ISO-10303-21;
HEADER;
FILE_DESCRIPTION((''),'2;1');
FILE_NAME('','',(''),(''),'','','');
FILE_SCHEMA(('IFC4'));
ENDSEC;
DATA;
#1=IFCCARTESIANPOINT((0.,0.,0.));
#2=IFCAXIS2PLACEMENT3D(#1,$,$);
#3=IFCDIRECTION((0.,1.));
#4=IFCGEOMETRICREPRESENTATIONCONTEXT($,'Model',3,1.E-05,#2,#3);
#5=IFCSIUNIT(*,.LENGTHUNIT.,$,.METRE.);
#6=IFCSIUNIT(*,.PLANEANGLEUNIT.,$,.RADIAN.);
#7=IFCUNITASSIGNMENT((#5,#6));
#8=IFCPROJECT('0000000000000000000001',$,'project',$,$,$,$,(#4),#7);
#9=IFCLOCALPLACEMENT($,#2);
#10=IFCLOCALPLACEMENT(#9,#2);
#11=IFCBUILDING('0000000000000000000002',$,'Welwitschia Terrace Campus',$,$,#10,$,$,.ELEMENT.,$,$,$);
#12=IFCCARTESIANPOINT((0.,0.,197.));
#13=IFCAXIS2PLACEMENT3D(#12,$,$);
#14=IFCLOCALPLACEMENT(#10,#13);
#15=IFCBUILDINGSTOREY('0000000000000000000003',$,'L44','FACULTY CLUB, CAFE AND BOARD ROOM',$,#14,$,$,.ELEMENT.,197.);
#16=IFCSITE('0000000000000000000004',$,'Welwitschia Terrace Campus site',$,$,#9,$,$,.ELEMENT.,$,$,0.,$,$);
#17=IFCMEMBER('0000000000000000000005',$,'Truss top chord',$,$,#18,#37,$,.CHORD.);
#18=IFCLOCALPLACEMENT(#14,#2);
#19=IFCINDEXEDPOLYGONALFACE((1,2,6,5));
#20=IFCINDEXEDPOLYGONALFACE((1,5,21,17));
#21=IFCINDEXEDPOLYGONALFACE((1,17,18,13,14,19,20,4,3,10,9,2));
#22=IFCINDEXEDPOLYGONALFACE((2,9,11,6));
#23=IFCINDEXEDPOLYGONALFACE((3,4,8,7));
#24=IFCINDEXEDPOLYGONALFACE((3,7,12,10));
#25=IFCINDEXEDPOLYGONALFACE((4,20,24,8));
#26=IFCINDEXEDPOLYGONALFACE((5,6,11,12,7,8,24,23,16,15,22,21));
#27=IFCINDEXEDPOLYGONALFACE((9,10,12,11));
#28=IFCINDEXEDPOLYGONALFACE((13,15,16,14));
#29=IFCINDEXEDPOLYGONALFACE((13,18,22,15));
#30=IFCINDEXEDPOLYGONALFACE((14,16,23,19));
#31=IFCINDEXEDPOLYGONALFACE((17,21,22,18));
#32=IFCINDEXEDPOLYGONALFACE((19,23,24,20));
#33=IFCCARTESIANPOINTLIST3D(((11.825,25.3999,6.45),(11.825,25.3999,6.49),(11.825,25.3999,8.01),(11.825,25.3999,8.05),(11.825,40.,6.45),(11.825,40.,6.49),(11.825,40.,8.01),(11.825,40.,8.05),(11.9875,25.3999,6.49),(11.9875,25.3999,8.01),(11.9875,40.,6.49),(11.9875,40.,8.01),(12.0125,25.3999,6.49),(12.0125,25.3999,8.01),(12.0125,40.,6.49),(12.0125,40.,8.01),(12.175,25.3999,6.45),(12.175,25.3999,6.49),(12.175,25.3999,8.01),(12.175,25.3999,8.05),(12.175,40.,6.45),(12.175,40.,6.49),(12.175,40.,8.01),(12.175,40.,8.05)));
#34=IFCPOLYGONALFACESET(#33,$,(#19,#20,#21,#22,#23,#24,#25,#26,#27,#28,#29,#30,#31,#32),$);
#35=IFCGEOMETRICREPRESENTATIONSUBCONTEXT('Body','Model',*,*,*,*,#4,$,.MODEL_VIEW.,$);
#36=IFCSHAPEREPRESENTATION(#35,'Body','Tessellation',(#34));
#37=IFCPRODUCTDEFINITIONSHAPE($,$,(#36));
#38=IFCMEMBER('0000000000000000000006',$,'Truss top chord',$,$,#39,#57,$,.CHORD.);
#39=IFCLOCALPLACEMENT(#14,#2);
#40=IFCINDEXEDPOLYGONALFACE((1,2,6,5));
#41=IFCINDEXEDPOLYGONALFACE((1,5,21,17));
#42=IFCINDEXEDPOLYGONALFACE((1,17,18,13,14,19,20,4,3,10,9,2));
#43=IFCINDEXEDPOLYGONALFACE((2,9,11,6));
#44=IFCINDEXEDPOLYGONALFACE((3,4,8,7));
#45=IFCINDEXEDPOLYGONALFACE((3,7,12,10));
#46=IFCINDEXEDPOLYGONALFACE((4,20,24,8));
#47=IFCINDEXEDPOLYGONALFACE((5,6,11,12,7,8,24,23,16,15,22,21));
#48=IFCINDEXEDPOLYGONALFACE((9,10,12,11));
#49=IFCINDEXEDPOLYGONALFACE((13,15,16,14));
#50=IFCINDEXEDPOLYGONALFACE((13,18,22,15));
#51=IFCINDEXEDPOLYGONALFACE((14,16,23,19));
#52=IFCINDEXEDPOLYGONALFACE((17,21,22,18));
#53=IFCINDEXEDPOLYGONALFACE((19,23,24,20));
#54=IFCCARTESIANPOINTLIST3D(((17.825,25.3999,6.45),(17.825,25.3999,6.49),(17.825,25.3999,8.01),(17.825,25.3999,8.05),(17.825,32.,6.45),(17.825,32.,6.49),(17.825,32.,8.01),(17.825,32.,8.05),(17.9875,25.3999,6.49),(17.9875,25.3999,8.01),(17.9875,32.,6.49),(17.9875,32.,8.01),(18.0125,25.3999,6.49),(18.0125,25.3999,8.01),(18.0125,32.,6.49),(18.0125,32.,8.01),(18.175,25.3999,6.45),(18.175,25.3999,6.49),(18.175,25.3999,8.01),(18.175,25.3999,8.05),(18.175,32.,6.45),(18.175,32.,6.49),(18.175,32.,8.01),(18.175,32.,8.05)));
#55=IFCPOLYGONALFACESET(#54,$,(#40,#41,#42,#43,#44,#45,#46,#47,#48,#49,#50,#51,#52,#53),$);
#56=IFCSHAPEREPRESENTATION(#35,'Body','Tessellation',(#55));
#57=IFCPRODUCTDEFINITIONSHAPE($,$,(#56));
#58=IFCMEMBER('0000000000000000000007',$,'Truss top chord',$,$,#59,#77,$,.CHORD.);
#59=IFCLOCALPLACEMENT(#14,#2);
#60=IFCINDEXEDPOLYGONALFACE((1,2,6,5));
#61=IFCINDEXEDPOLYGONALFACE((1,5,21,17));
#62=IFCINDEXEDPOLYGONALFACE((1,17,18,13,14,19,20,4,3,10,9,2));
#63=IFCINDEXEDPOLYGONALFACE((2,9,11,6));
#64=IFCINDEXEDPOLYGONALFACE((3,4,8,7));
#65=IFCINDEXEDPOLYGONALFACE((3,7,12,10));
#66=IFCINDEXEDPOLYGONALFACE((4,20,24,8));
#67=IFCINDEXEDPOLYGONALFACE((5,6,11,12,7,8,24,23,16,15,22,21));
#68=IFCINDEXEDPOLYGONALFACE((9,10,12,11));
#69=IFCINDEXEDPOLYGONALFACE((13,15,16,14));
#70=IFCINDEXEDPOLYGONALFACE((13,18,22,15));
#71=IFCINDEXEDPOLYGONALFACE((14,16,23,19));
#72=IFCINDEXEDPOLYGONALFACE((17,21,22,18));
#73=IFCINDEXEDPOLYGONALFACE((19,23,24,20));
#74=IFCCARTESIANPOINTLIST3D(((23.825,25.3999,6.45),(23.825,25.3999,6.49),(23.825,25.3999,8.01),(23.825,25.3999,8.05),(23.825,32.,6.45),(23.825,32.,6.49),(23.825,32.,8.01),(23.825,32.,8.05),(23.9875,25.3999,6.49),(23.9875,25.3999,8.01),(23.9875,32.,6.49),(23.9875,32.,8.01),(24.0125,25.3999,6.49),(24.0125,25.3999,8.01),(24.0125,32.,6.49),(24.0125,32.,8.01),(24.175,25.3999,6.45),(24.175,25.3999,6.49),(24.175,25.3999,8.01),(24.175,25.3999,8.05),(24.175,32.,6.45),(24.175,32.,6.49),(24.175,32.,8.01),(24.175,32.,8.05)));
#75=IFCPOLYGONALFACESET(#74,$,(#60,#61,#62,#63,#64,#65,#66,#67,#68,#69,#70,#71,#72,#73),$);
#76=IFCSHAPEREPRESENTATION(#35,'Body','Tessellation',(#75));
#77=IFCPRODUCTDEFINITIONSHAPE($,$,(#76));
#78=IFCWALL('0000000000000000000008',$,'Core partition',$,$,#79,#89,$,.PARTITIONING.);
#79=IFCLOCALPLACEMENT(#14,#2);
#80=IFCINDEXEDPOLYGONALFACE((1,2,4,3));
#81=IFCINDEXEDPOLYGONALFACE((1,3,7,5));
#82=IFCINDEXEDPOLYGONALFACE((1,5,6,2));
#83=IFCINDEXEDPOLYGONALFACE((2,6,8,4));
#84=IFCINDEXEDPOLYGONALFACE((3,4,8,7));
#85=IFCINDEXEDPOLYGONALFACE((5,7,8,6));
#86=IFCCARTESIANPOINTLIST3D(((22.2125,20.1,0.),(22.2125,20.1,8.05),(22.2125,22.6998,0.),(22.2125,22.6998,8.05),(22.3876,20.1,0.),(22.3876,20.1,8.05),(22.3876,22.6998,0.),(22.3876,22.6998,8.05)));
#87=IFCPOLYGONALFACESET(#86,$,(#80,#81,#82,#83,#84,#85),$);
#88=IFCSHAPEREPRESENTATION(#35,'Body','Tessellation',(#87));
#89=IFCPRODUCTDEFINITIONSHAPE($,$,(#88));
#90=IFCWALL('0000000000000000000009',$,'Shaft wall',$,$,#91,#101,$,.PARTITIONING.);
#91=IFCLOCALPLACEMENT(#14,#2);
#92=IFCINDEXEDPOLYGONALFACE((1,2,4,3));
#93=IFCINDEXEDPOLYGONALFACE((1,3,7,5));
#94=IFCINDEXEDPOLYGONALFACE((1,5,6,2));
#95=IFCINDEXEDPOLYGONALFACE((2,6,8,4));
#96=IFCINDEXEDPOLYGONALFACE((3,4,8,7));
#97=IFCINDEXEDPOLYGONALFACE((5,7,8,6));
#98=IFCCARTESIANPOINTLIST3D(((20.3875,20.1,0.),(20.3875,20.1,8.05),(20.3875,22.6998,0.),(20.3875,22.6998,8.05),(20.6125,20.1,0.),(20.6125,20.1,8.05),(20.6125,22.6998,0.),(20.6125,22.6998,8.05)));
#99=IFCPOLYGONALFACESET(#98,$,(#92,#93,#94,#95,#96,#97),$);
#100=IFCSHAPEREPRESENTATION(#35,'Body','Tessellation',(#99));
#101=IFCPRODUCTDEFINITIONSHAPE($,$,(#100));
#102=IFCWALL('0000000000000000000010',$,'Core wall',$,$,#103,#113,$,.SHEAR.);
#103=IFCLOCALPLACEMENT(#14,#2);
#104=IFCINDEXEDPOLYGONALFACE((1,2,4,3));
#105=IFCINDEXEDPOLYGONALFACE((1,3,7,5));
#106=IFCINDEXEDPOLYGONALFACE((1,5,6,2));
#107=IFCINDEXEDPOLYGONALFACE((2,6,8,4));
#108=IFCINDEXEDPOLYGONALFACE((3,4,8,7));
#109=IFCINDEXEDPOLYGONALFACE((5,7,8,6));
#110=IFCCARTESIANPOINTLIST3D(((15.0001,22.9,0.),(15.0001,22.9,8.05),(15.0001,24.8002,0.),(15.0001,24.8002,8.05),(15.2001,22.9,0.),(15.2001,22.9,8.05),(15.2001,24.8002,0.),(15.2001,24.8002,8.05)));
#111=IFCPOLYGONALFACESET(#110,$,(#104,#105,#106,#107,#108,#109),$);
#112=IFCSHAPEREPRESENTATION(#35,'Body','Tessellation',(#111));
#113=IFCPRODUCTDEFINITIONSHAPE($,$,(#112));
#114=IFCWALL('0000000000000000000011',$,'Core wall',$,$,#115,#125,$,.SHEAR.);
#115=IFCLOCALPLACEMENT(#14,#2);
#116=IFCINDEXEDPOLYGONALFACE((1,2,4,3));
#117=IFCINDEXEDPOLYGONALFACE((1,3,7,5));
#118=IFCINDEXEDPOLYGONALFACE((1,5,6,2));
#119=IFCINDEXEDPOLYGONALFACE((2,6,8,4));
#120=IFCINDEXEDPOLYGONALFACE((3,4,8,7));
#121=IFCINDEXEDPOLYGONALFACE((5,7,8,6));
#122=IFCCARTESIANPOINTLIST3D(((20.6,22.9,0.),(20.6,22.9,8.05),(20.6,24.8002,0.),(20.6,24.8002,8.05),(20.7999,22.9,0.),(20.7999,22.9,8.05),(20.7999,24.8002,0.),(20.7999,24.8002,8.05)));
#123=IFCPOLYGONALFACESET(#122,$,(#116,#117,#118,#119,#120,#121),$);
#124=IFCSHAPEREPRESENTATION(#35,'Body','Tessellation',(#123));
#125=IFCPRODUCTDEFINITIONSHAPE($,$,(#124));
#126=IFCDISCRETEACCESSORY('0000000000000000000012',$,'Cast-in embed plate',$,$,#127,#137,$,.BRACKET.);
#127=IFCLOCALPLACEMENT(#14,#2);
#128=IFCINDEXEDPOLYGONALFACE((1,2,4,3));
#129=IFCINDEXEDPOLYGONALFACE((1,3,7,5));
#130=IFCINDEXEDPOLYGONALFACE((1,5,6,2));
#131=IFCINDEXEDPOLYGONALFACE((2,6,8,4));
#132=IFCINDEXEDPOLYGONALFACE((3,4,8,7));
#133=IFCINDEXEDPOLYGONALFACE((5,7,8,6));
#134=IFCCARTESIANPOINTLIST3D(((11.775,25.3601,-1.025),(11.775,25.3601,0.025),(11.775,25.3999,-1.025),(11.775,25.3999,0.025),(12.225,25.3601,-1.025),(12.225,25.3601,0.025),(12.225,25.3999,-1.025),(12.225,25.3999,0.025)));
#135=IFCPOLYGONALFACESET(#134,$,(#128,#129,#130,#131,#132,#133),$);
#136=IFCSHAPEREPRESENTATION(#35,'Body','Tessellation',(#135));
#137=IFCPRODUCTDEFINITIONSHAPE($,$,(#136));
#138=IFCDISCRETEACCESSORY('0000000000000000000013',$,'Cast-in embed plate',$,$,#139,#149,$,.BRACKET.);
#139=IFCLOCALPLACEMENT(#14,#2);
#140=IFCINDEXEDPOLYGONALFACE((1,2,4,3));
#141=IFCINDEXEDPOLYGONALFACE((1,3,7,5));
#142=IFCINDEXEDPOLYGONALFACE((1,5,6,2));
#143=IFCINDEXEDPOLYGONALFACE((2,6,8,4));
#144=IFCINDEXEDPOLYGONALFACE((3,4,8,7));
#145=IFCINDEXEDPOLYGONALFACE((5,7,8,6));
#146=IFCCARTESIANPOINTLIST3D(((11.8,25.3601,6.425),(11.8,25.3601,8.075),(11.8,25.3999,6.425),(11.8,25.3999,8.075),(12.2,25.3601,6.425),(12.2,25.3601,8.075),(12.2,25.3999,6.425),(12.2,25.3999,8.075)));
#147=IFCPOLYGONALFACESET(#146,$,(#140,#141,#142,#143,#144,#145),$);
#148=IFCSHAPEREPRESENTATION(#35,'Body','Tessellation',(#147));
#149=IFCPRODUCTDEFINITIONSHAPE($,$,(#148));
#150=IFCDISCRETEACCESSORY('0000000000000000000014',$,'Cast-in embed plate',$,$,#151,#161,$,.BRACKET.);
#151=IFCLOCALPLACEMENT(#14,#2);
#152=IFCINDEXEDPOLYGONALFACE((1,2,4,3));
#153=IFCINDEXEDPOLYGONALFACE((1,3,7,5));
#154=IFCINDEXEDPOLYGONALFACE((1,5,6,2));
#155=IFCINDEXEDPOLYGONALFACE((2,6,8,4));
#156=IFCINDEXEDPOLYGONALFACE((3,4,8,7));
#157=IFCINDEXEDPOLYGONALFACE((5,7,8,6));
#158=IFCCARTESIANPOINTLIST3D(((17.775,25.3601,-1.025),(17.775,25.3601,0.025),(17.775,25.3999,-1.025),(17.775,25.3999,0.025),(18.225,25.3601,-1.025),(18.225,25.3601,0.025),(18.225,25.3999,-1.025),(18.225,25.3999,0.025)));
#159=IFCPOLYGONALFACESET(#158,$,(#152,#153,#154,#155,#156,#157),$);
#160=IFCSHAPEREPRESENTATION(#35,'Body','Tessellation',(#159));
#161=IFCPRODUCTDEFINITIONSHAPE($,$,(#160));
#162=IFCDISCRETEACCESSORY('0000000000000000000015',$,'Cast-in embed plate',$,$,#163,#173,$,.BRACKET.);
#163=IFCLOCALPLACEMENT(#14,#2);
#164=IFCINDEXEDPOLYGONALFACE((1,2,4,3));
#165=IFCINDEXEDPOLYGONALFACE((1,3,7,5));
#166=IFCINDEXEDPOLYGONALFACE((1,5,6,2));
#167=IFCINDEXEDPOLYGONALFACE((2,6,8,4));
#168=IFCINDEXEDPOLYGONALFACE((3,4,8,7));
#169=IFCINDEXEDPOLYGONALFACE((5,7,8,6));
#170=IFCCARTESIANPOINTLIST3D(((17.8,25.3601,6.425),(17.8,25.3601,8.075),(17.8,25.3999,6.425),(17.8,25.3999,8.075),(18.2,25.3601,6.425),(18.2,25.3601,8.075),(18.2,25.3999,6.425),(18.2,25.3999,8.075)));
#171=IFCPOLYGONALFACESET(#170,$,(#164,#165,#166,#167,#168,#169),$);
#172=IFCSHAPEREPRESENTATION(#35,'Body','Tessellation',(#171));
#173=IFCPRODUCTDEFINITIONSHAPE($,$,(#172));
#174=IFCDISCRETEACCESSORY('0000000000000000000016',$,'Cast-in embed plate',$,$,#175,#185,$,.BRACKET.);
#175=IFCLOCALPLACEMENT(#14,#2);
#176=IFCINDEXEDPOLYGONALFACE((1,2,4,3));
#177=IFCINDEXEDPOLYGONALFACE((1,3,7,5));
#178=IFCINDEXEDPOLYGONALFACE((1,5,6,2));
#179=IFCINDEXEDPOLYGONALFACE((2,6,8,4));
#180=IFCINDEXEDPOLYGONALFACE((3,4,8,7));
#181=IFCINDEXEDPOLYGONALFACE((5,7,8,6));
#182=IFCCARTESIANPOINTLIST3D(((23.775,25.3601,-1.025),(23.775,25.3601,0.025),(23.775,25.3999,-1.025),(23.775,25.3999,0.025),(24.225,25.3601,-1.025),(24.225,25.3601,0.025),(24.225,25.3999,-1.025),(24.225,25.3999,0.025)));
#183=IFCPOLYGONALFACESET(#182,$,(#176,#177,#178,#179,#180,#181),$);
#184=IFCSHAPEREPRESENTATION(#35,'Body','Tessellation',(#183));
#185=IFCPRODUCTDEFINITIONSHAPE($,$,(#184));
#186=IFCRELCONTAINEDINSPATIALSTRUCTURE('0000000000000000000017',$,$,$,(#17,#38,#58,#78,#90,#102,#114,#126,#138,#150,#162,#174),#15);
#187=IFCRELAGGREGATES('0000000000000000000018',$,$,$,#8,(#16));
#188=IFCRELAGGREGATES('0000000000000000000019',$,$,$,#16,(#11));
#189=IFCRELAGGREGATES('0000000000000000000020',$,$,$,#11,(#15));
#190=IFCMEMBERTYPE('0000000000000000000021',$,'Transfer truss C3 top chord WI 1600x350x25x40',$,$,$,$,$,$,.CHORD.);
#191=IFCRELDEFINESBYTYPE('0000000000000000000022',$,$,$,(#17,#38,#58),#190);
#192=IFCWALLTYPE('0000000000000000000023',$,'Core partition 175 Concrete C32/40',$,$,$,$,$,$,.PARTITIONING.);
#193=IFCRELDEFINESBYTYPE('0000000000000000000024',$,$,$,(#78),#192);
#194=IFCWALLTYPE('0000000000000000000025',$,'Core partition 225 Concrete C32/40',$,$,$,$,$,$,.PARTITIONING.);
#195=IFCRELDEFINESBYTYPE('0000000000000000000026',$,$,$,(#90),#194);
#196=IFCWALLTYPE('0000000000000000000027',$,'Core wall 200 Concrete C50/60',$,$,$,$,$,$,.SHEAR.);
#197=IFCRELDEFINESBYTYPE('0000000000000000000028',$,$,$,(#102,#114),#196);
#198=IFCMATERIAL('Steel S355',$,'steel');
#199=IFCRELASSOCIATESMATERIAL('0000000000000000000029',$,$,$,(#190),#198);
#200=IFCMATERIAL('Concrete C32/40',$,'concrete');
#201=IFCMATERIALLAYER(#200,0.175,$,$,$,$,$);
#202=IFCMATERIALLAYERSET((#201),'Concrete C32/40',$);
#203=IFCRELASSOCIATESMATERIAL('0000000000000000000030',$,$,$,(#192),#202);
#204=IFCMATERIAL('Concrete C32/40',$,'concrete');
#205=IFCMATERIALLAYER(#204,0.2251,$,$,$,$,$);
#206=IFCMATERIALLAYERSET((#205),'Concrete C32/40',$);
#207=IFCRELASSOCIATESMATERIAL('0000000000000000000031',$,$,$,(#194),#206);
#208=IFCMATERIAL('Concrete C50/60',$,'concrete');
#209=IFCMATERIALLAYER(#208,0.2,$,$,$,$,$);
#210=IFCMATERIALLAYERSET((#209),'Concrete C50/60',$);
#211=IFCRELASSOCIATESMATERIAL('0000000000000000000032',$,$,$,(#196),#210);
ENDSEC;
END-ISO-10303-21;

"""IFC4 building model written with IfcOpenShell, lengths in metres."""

from ifc_helpers import new_model, si_unit, direction, frame, frame_2d, origin, origin_2d, place, context, subcontext, project, spatial, rectangle, i_section, extrude, material, layer, layer_set, material_profile, profile_set, type_object, element, save


model = new_model("IFC4")

# Units and contexts
model_context = context("Model", 3, precision=1e-05, world=origin(), true_north=direction((0.0, 1.0)))
body_context = subcontext(model_context, "Body", "Model", "MODEL_VIEW")
ifc_project = project(units=[si_unit("LENGTHUNIT", "METRE"), si_unit("PLANEANGLEUNIT", "RADIAN")], contexts=[model_context])

# Site, building, storey
site_placement = place(None, origin())
site = spatial("IfcSite", under=ifc_project, at=site_placement, Name="Welwitschia Terrace Campus site", CompositionType="ELEMENT", RefElevation=0.0)
building_placement = place(site_placement, origin())
building = spatial("IfcBuilding", under=site, at=building_placement, Name="Welwitschia Terrace Campus", CompositionType="ELEMENT")
storey_placement = place(building_placement, frame((0.0, 0.0, 197.0)))
storey = spatial("IfcBuildingStorey", under=building, at=storey_placement, Name="L44", Description="FACULTY CLUB, CAFE AND BOARD ROOM", CompositionType="ELEMENT", Elevation=197.0)

# Members
ifc_material_1 = material(Name="Steel S355", Category="steel")
ifc_material_profile_1 = material_profile(ifc_material_1, i_section(OverallWidth=0.3501, OverallDepth=1.6001, WebThickness=0.0249, FlangeThickness=0.04, at=origin_2d()))
ifc_profile_set_1 = profile_set([ifc_material_profile_1], Name="Steel S355")
member_type_1 = type_object("IfcMemberType", Name="Transfer truss C3 top chord WI 1600x350x25x40", PredefinedType="CHORD", material=ifc_profile_set_1)
member_1_placement = place(storey_placement, frame((12.0, 25.3999, 7.25), z_axis=(0.0, 1.0, 0.0), x_axis=(-1.0, 0.0, 0.0)))
element("IfcMember", 1, at=member_1_placement, inside=storey, type_object=member_type_1, Name="Truss top chord", PredefinedType="CHORD", context=body_context, shape_type="SweptSolid", body=[
    extrude(i_section(OverallWidth=0.3501, OverallDepth=1.6001, WebThickness=0.0249, FlangeThickness=0.04, at=origin_2d()), origin(), (0.0, 0.0, 1.0), 14.6001),
])
for number, where, z_axis, x_axis, name in (
    (2, (18.0, 25.3999, 7.25), (0.0, 1.0, 0.0), (-1.0, 0.0, 0.0), "Truss top chord"),
    (3, (24.0, 25.3999, 7.25), (0.0, 1.0, 0.0), (-1.0, 0.0, 0.0), "Truss top chord"),
):
    element("IfcMember", number, at=place(storey_placement, frame(where, z_axis=z_axis, x_axis=x_axis)), inside=storey, type_object=member_type_1, Name=name, PredefinedType="CHORD", context=body_context, shape_type="SweptSolid", body=[
        extrude(i_section(OverallWidth=0.3501, OverallDepth=1.6001, WebThickness=0.0249, FlangeThickness=0.04, at=origin_2d()), origin(), (0.0, 0.0, 1.0), 6.6001),
    ])

# Walls
ifc_material_2 = material(Name="Concrete C32/40", Category="concrete")
ifc_layer_1 = layer(ifc_material_2, 0.175)
ifc_layer_set_1 = layer_set([ifc_layer_1], Name="Concrete C32/40")
wall_type_1 = type_object("IfcWallType", Name="Core partition 175 Concrete C32/40", PredefinedType="PARTITIONING", material=ifc_layer_set_1)
wall_1_placement = place(storey_placement, frame((22.3, 20.1001, 0.0), z_axis=(0.0, 0.0, 1.0), x_axis=(0.0, 1.0, 0.0)))
element("IfcWall", 4, at=wall_1_placement, inside=storey, type_object=wall_type_1, Name="Core partition", PredefinedType="PARTITIONING", context=body_context, shape_type="SweptSolid", body=[
    extrude(rectangle(XDim=2.5999, YDim=0.175, at=frame_2d((1.2998, 0.0))), origin(), (0.0, 0.0, 1.0), 8.05),
])
ifc_material_3 = material(Name="Concrete C32/40", Category="concrete")
ifc_layer_2 = layer(ifc_material_3, 0.2251)
ifc_layer_set_2 = layer_set([ifc_layer_2], Name="Concrete C32/40")
wall_type_2 = type_object("IfcWallType", Name="Core partition 225 Concrete C32/40", PredefinedType="PARTITIONING", material=ifc_layer_set_2)
wall_2_placement = place(storey_placement, frame((20.5, 20.1001, 0.0), z_axis=(0.0, 0.0, 1.0), x_axis=(0.0, 1.0, 0.0)))
element("IfcWall", 5, at=wall_2_placement, inside=storey, type_object=wall_type_2, Name="Shaft wall", PredefinedType="PARTITIONING", context=body_context, shape_type="SweptSolid", body=[
    extrude(rectangle(XDim=2.5999, YDim=0.2251, at=frame_2d((1.2998, 0.0))), origin(), (0.0, 0.0, 1.0), 8.05),
])
ifc_material_4 = material(Name="Concrete C50/60", Category="concrete")
ifc_layer_3 = layer(ifc_material_4, 0.2)
ifc_layer_set_3 = layer_set([ifc_layer_3], Name="Concrete C50/60")
wall_type_3 = type_object("IfcWallType", Name="Core wall 200 Concrete C50/60", PredefinedType="SHEAR", material=ifc_layer_set_3)
for number, where, z_axis, x_axis, name in (
    (6, (15.1001, 22.8999, 0.0), (0.0, 0.0, 1.0), (0.0, 1.0, 0.0), "Core wall"),
    (7, (20.7, 22.8999, 0.0), (0.0, 0.0, 1.0), (0.0, 1.0, 0.0), "Core wall"),
):
    element("IfcWall", number, at=place(storey_placement, frame(where, z_axis=z_axis, x_axis=x_axis)), inside=storey, type_object=wall_type_3, Name=name, PredefinedType="SHEAR", context=body_context, shape_type="SweptSolid", body=[
        extrude(rectangle(XDim=1.9001, YDim=0.2, at=frame_2d((0.9502, 0.0))), origin(), (0.0, 0.0, 1.0), 8.05),
    ])

# Discrete accessories
discrete_accessory_1_placement = place(storey_placement, frame((12.0, 25.3999, -0.5), z_axis=(0.0, -1.0, 0.0), x_axis=(1.0, 0.0, 0.0)))
element("IfcDiscreteAccessory", 8, at=discrete_accessory_1_placement, inside=storey, Name="Cast-in embed plate", PredefinedType="BRACKET", context=body_context, shape_type="SweptSolid", body=[
    extrude(rectangle(XDim=0.45, YDim=1.05, at=origin_2d()), origin(), (0.0, 0.0, 1.0), 0.0398),
])
discrete_accessory_2_placement = place(storey_placement, frame((12.0, 25.3999, 7.25), z_axis=(0.0, -1.0, 0.0), x_axis=(1.0, 0.0, 0.0)))
element("IfcDiscreteAccessory", 9, at=discrete_accessory_2_placement, inside=storey, Name="Cast-in embed plate", PredefinedType="BRACKET", context=body_context, shape_type="SweptSolid", body=[
    extrude(rectangle(XDim=0.3999, YDim=1.6499, at=origin_2d()), origin(), (0.0, 0.0, 1.0), 0.0398),
])
discrete_accessory_3_placement = place(storey_placement, frame((18.0, 25.3999, -0.5), z_axis=(0.0, -1.0, 0.0), x_axis=(1.0, 0.0, 0.0)))
element("IfcDiscreteAccessory", 10, at=discrete_accessory_3_placement, inside=storey, Name="Cast-in embed plate", PredefinedType="BRACKET", context=body_context, shape_type="SweptSolid", body=[
    extrude(rectangle(XDim=0.45, YDim=1.05, at=origin_2d()), origin(), (0.0, 0.0, 1.0), 0.0398),
])
discrete_accessory_4_placement = place(storey_placement, frame((18.0, 25.3999, 7.25), z_axis=(0.0, -1.0, 0.0), x_axis=(1.0, 0.0, 0.0)))
element("IfcDiscreteAccessory", 11, at=discrete_accessory_4_placement, inside=storey, Name="Cast-in embed plate", PredefinedType="BRACKET", context=body_context, shape_type="SweptSolid", body=[
    extrude(rectangle(XDim=0.3999, YDim=1.6499, at=origin_2d()), origin(), (0.0, 0.0, 1.0), 0.0398),
])
discrete_accessory_5_placement = place(storey_placement, frame((24.0, 25.3999, -0.5), z_axis=(0.0, -1.0, 0.0), x_axis=(1.0, 0.0, 0.0)))
element("IfcDiscreteAccessory", 12, at=discrete_accessory_5_placement, inside=storey, Name="Cast-in embed plate", PredefinedType="BRACKET", context=body_context, shape_type="SweptSolid", body=[
    extrude(rectangle(XDim=0.45, YDim=1.05, at=origin_2d()), origin(), (0.0, 0.0, 1.0), 0.0398),
])

save(model, "model.ifc")
